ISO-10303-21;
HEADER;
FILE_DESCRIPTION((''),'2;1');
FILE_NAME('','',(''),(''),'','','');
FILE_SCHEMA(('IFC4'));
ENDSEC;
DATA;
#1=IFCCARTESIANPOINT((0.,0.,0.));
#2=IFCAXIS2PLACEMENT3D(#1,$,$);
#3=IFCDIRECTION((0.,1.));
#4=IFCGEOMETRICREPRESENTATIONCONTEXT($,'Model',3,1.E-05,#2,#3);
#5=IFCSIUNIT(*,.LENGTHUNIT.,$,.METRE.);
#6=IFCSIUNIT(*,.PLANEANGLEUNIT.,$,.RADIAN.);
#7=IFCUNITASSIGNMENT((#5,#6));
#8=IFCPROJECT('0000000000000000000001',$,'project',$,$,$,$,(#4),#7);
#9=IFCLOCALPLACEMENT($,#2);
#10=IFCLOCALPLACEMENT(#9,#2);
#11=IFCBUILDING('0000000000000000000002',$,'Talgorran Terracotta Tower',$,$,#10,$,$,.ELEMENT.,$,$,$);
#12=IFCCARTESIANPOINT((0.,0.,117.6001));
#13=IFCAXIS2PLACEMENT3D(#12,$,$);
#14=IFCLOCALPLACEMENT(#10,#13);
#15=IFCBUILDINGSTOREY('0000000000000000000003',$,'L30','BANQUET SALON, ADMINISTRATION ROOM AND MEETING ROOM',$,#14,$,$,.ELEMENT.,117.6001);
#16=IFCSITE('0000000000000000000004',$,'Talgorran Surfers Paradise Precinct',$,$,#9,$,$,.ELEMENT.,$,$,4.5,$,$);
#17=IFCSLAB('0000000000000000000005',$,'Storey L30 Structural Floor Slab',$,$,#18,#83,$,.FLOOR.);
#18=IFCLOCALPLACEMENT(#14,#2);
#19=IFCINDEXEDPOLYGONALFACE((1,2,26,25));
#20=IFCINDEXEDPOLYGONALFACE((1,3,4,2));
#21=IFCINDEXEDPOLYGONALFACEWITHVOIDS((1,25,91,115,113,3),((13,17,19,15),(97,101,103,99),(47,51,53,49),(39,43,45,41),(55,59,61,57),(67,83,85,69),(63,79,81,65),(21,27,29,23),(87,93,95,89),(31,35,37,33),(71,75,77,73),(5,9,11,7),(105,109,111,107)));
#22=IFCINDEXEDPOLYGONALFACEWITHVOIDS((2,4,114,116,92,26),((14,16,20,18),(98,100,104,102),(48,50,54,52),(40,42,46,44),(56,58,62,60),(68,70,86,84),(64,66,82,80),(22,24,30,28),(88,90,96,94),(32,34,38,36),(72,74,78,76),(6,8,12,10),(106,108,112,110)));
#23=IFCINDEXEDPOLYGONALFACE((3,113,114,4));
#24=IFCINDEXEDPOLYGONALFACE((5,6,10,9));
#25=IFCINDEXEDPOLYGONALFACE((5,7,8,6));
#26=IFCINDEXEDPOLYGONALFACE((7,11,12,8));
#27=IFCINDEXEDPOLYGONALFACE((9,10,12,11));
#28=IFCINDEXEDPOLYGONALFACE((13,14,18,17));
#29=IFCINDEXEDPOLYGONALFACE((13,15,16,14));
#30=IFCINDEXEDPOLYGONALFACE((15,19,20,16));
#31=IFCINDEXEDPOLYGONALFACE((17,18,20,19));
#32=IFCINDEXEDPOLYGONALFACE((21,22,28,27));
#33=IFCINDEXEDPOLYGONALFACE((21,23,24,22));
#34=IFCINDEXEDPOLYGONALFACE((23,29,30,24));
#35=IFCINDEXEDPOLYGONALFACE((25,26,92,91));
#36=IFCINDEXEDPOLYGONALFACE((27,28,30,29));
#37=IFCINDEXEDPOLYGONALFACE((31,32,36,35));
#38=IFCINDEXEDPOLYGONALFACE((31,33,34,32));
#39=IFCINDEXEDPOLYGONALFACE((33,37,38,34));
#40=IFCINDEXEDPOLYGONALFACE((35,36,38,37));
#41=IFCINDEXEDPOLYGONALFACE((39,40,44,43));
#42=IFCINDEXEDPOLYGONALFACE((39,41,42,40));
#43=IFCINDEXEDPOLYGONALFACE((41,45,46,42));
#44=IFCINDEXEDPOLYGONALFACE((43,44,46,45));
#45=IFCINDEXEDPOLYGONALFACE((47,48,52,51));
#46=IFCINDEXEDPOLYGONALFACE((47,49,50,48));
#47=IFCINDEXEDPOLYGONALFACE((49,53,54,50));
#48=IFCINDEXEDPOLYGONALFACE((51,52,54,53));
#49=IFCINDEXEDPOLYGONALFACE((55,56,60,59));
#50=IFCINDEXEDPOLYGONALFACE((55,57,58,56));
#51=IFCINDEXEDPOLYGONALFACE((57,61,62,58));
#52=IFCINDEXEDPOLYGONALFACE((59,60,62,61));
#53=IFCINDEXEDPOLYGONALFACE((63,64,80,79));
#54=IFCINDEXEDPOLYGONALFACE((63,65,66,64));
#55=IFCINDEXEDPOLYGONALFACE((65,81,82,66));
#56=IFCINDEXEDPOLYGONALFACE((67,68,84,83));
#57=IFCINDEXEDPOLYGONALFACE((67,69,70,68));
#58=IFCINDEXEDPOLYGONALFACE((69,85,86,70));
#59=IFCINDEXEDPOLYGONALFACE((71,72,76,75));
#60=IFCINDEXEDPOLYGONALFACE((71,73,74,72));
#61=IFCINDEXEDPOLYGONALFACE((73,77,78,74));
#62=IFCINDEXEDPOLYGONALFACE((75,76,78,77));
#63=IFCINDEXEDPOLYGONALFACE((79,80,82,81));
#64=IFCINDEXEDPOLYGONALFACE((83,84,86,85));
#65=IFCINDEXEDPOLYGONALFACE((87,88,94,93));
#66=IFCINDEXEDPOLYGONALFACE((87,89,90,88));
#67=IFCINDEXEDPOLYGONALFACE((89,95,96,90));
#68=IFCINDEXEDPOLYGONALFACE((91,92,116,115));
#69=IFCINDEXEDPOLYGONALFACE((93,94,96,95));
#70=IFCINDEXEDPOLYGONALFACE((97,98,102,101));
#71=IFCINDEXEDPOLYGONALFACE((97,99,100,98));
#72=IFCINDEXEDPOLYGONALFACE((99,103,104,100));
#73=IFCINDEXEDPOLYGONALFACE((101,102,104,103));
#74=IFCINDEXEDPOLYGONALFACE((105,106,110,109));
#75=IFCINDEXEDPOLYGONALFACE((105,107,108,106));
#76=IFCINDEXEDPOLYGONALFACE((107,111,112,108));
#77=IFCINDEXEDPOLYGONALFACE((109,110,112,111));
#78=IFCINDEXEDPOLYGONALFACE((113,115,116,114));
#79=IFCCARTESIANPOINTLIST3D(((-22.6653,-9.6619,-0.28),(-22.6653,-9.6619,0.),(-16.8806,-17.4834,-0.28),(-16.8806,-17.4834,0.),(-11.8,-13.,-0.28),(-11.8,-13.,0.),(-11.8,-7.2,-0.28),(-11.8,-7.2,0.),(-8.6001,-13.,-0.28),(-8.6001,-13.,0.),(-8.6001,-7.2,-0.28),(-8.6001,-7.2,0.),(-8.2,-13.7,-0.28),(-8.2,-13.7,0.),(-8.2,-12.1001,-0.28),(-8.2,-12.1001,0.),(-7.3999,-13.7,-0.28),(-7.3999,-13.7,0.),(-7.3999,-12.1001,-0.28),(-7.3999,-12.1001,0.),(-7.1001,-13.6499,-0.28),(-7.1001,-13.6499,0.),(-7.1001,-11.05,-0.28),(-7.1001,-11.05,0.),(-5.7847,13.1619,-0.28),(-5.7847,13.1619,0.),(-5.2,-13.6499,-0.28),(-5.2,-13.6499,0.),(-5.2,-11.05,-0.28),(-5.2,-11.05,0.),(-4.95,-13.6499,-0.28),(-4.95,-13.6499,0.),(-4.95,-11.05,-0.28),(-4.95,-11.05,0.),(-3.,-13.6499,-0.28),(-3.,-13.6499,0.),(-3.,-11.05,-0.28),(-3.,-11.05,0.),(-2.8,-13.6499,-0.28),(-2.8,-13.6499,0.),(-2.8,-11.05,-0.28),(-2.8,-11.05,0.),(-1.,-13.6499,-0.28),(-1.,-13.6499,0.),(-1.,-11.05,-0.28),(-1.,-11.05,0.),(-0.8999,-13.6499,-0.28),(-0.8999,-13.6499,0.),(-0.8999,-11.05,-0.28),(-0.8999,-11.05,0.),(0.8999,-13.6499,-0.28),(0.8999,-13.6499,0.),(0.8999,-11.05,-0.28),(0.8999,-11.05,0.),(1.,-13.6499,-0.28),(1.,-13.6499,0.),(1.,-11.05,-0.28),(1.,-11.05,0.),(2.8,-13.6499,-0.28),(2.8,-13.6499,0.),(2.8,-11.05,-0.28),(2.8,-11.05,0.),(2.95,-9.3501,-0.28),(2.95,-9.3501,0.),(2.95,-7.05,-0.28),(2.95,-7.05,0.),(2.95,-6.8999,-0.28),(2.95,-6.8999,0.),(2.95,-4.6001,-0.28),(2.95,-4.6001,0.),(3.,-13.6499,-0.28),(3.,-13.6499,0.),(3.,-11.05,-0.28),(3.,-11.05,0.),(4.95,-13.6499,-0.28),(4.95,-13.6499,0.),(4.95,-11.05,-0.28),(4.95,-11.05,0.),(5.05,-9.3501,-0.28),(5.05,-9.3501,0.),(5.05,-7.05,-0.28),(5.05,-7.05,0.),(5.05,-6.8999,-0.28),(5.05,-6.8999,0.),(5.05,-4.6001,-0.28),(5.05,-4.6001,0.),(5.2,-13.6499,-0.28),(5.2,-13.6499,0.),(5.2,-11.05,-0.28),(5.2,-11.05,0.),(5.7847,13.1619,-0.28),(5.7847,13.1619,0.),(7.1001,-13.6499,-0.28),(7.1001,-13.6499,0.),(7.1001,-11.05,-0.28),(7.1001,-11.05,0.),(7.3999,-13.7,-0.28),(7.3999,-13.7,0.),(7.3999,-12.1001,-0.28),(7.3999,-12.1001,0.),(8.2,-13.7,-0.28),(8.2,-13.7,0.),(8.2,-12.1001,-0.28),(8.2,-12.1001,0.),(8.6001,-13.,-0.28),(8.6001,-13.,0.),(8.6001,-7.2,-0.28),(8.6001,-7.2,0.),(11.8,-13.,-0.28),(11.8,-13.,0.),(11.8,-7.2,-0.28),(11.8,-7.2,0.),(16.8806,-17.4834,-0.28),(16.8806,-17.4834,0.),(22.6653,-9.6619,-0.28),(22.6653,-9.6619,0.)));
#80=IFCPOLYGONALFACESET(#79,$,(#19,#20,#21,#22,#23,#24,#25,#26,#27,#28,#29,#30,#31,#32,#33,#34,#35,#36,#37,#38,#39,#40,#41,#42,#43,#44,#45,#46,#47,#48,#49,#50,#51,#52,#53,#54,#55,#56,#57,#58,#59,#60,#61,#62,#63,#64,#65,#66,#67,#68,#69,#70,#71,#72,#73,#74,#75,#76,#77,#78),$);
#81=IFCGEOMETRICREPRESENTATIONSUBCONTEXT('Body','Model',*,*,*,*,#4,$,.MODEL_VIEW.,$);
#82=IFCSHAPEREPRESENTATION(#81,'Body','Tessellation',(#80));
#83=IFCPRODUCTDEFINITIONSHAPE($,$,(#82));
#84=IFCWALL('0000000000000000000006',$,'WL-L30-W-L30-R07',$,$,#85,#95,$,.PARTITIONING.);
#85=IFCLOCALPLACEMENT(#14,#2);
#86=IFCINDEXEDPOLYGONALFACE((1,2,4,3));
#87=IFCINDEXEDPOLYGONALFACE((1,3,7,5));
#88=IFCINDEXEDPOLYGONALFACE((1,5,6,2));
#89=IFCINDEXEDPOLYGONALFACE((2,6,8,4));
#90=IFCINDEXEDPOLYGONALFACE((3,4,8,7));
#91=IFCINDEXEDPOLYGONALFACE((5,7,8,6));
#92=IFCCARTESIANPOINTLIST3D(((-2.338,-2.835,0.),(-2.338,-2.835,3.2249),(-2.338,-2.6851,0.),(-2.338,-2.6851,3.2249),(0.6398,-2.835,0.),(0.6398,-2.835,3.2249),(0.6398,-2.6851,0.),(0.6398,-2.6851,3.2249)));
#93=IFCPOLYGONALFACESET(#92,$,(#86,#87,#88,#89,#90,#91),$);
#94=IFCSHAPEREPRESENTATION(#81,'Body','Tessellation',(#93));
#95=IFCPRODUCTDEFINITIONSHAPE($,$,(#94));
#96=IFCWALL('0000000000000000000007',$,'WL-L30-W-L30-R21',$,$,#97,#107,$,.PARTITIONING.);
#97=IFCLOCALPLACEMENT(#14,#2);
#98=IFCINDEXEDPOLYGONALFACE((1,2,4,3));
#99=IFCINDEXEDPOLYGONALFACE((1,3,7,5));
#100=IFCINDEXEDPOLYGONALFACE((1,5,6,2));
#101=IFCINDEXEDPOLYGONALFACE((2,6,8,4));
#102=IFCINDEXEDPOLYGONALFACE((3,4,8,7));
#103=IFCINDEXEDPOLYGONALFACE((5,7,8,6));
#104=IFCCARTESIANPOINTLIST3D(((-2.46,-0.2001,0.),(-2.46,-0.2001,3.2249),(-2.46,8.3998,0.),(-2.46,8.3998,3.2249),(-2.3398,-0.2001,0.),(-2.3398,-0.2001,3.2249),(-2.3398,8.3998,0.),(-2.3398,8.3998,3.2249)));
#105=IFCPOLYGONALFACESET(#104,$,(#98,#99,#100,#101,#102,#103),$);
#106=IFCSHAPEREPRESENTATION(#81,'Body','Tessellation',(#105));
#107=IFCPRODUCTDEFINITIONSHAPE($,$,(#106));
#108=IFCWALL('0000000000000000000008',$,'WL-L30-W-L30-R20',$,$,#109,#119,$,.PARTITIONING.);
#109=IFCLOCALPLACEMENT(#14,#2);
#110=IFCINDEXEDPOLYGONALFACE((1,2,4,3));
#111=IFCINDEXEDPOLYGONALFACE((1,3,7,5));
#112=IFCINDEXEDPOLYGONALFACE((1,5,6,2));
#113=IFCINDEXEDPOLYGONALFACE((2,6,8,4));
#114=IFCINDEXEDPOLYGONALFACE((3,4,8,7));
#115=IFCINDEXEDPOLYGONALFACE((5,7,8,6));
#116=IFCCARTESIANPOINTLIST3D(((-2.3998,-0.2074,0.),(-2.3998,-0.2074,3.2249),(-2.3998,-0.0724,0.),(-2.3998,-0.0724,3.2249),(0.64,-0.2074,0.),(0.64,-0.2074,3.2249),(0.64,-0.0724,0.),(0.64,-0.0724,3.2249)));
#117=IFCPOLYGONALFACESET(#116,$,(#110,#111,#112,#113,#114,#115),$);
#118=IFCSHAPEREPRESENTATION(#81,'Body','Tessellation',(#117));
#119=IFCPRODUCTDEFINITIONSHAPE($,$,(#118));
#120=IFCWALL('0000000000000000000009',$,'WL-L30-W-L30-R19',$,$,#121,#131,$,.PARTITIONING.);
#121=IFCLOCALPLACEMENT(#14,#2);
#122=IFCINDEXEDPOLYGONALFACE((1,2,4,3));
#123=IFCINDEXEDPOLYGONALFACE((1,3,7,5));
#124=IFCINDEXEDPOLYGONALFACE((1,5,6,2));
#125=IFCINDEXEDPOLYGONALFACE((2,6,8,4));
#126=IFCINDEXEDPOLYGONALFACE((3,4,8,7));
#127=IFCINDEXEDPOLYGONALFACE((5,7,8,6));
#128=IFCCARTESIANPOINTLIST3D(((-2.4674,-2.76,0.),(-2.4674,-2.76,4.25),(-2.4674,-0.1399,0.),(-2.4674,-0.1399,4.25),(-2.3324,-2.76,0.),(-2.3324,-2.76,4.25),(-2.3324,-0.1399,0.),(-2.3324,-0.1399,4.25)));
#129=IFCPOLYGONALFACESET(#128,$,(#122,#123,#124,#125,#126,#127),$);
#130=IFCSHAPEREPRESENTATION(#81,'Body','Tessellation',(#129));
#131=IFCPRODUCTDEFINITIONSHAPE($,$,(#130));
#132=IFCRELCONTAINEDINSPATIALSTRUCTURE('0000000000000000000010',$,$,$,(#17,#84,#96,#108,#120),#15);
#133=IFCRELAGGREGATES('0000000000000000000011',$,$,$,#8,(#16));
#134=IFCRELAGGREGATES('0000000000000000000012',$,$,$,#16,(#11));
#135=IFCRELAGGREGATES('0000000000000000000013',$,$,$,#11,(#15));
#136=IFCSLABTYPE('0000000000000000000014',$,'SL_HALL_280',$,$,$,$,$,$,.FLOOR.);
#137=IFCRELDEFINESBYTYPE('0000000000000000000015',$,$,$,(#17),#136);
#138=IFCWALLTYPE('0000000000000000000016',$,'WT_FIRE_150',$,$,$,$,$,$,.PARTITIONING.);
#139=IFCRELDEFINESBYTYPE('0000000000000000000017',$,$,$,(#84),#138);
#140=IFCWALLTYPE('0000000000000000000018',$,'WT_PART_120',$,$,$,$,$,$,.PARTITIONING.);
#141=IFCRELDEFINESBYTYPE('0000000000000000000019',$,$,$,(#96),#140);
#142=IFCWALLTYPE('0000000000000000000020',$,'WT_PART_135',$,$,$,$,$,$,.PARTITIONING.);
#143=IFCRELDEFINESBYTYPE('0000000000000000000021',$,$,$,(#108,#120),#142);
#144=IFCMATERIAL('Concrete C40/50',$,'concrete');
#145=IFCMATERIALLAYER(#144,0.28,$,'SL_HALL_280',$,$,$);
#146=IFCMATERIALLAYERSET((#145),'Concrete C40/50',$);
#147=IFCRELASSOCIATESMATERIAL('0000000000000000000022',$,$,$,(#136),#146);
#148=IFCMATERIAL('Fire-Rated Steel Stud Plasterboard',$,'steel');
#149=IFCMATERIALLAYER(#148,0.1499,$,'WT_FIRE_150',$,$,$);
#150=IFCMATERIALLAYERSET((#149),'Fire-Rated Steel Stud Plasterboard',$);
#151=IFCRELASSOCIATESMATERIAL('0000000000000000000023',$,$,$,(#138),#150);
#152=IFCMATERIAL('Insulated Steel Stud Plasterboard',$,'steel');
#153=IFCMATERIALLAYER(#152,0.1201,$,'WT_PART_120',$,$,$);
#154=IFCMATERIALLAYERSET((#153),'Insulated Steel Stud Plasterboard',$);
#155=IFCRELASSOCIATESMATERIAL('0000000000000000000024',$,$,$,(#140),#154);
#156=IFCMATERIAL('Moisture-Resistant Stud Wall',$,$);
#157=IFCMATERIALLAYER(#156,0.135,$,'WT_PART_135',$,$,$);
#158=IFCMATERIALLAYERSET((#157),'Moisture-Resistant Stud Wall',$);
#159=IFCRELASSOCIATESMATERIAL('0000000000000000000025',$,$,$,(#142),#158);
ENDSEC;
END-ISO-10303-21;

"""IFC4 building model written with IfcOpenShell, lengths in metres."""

from ifc_helpers import new_model, si_unit, direction, frame, frame_2d, origin, place, context, subcontext, project, spatial, polyline, rectangle, outline, extrude, material, layer, layer_set, type_object, element, save


model = new_model("IFC4")

# Units and contexts
model_context = context("Model", 3, precision=1e-05, world=origin(), true_north=direction((0.0, 1.0)))
body_context = subcontext(model_context, "Body", "Model", "MODEL_VIEW")
ifc_project = project(units=[si_unit("LENGTHUNIT", "METRE"), si_unit("PLANEANGLEUNIT", "RADIAN")], contexts=[model_context])

# Site, building, storey
site_placement = place(None, origin())
site = spatial("IfcSite", under=ifc_project, at=site_placement, Name="Talgorran Surfers Paradise Precinct", CompositionType="ELEMENT", RefElevation=4.5)
building_placement = place(site_placement, origin())
building = spatial("IfcBuilding", under=site, at=building_placement, Name="Talgorran Terracotta Tower", CompositionType="ELEMENT")
storey_placement = place(building_placement, frame((0.0, 0.0, 117.6001)))
storey = spatial("IfcBuildingStorey", under=building, at=storey_placement, Name="L30", Description="BANQUET SALON, ADMINISTRATION ROOM AND MEETING ROOM", CompositionType="ELEMENT", Elevation=117.6001)

# Slab
ifc_material_1 = material(Name="Concrete C40/50", Category="concrete")
ifc_layer_1 = layer(ifc_material_1, 0.28, Name="SL_HALL_280")
ifc_layer_set_1 = layer_set([ifc_layer_1], Name="Concrete C40/50")
slab_type_1 = type_object("IfcSlabType", Name="SL_HALL_280", PredefinedType="FLOOR", material=ifc_layer_set_1)
slab_1_placement = place(storey_placement, frame((0.0, 0.0, -0.28)))
element("IfcSlab", 1, at=slab_1_placement, inside=storey, type_object=slab_type_1, Name="Storey L30 Structural Floor Slab", PredefinedType="FLOOR", context=body_context, shape_type="SweptSolid", body=[
    extrude(outline(polyline([(-22.6653, -9.6619), (-16.8806, -17.4834), (16.8806, -17.4834), (22.6653, -9.6619), (5.7847, 13.1619), (-5.7847, 13.1619), (-22.6653, -9.6619)]), holes=[polyline([(-11.8, -7.2), (-11.8, -13.0), (-8.6001, -13.0), (-8.6001, -7.2), (-11.8, -7.2)]), polyline([(8.6001, -7.2), (8.6001, -13.0), (11.8, -13.0), (11.8, -7.2), (8.6001, -7.2)]), polyline([(-7.1001, -13.6499), (-5.2, -13.6499), (-5.2, -11.05), (-7.1001, -11.05), (-7.1001, -13.6499)]), polyline([(5.2, -13.6499), (7.1001, -13.6499), (7.1001, -11.05), (5.2, -11.05), (5.2, -13.6499)]), polyline([(3.0, -13.6499), (4.95, -13.6499), (4.95, -11.05), (3.0, -11.05), (3.0, -13.6499)]), polyline([(-4.95, -13.6499), (-3.0, -13.6499), (-3.0, -11.05), (-4.95, -11.05), (-4.95, -13.6499)]), polyline([(2.95, -9.3501), (5.05, -9.3501), (5.05, -7.05), (2.95, -7.05), (2.95, -9.3501)]), polyline([(2.95, -6.8999), (5.05, -6.8999), (5.05, -4.6001), (2.95, -4.6001), (2.95, -6.8999)]), polyline([(-2.8, -13.6499), (-1.0, -13.6499), (-1.0, -11.05), (-2.8, -11.05), (-2.8, -13.6499)]), polyline([(-0.8999, -13.6499), (0.8999, -13.6499), (0.8999, -11.05), (-0.8999, -11.05), (-0.8999, -13.6499)]), polyline([(1.0, -13.6499), (2.8, -13.6499), (2.8, -11.05), (1.0, -11.05), (1.0, -13.6499)]), polyline([(-8.2, -13.7), (-7.3999, -13.7), (-7.3999, -12.1001), (-8.2, -12.1001), (-8.2, -13.7)]), polyline([(7.3999, -13.7), (8.2, -13.7), (8.2, -12.1001), (7.3999, -12.1001), (7.3999, -13.7)])]), origin(), (0.0, 0.0, 1.0), 0.28),
])

# Walls
ifc_material_2 = material(Name="Fire-Rated Steel Stud Plasterboard", Category="steel")
ifc_layer_2 = layer(ifc_material_2, 0.1499, Name="WT_FIRE_150")
ifc_layer_set_2 = layer_set([ifc_layer_2], Name="Fire-Rated Steel Stud Plasterboard")
wall_type_1 = type_object("IfcWallType", Name="WT_FIRE_150", PredefinedType="PARTITIONING", material=ifc_layer_set_2)
wall_1_placement = place(storey_placement, frame((-2.3379, -2.76, 0.0), z_axis=(0.0, 0.0, 1.0), x_axis=(1.0, 0.0, 0.0)))
element("IfcWall", 2, at=wall_1_placement, inside=storey, type_object=wall_type_1, Name="WL-L30-W-L30-R07", PredefinedType="PARTITIONING", context=body_context, shape_type="SweptSolid", body=[
    extrude(rectangle(XDim=2.9778, YDim=0.1499, at=frame_2d((1.4888, 0.0))), origin(), (0.0, 0.0, 1.0), 3.2249),
])
ifc_material_3 = material(Name="Insulated Steel Stud Plasterboard", Category="steel")
ifc_layer_3 = layer(ifc_material_3, 0.1201, Name="WT_PART_120")
ifc_layer_set_3 = layer_set([ifc_layer_3], Name="Insulated Steel Stud Plasterboard")
wall_type_2 = type_object("IfcWallType", Name="WT_PART_120", PredefinedType="PARTITIONING", material=ifc_layer_set_3)
wall_2_placement = place(storey_placement, frame((-2.3999, -0.2, 0.0), z_axis=(0.0, 0.0, 1.0), x_axis=(0.0, 1.0, 0.0)))
element("IfcWall", 3, at=wall_2_placement, inside=storey, type_object=wall_type_2, Name="WL-L30-W-L30-R21", PredefinedType="PARTITIONING", context=body_context, shape_type="SweptSolid", body=[
    extrude(rectangle(XDim=8.5999, YDim=0.1201, at=frame_2d((4.2998, 0.0))), origin(), (0.0, 0.0, 1.0), 3.2249),
])
ifc_material_4 = material(Name="Moisture-Resistant Stud Wall")
ifc_layer_4 = layer(ifc_material_4, 0.135, Name="WT_PART_135")
ifc_layer_set_4 = layer_set([ifc_layer_4], Name="Moisture-Resistant Stud Wall")
wall_type_3 = type_object("IfcWallType", Name="WT_PART_135", PredefinedType="PARTITIONING", material=ifc_layer_set_4)
wall_3_placement = place(storey_placement, frame((-2.3999, -0.1399, 0.0), z_axis=(0.0, 0.0, 1.0), x_axis=(1.0, 0.0, 0.0)))
element("IfcWall", 4, at=wall_3_placement, inside=storey, type_object=wall_type_3, Name="WL-L30-W-L30-R20", PredefinedType="PARTITIONING", context=body_context, shape_type="SweptSolid", body=[
    extrude(rectangle(XDim=3.0398, YDim=0.135, at=frame_2d((1.52, 0.0))), origin(), (0.0, 0.0, 1.0), 3.2249),
])
wall_4_placement = place(storey_placement, frame((-2.3999, -2.76, 0.0), z_axis=(0.0, 0.0, 1.0), x_axis=(0.0, 1.0, 0.0)))
element("IfcWall", 5, at=wall_4_placement, inside=storey, type_object=wall_type_3, Name="WL-L30-W-L30-R19", PredefinedType="PARTITIONING", context=body_context, shape_type="SweptSolid", body=[
    extrude(rectangle(XDim=2.6201, YDim=0.135, at=frame_2d((1.3101, 0.0))), origin(), (0.0, 0.0, 1.0), 4.25),
])

save(model, "model.ifc")
